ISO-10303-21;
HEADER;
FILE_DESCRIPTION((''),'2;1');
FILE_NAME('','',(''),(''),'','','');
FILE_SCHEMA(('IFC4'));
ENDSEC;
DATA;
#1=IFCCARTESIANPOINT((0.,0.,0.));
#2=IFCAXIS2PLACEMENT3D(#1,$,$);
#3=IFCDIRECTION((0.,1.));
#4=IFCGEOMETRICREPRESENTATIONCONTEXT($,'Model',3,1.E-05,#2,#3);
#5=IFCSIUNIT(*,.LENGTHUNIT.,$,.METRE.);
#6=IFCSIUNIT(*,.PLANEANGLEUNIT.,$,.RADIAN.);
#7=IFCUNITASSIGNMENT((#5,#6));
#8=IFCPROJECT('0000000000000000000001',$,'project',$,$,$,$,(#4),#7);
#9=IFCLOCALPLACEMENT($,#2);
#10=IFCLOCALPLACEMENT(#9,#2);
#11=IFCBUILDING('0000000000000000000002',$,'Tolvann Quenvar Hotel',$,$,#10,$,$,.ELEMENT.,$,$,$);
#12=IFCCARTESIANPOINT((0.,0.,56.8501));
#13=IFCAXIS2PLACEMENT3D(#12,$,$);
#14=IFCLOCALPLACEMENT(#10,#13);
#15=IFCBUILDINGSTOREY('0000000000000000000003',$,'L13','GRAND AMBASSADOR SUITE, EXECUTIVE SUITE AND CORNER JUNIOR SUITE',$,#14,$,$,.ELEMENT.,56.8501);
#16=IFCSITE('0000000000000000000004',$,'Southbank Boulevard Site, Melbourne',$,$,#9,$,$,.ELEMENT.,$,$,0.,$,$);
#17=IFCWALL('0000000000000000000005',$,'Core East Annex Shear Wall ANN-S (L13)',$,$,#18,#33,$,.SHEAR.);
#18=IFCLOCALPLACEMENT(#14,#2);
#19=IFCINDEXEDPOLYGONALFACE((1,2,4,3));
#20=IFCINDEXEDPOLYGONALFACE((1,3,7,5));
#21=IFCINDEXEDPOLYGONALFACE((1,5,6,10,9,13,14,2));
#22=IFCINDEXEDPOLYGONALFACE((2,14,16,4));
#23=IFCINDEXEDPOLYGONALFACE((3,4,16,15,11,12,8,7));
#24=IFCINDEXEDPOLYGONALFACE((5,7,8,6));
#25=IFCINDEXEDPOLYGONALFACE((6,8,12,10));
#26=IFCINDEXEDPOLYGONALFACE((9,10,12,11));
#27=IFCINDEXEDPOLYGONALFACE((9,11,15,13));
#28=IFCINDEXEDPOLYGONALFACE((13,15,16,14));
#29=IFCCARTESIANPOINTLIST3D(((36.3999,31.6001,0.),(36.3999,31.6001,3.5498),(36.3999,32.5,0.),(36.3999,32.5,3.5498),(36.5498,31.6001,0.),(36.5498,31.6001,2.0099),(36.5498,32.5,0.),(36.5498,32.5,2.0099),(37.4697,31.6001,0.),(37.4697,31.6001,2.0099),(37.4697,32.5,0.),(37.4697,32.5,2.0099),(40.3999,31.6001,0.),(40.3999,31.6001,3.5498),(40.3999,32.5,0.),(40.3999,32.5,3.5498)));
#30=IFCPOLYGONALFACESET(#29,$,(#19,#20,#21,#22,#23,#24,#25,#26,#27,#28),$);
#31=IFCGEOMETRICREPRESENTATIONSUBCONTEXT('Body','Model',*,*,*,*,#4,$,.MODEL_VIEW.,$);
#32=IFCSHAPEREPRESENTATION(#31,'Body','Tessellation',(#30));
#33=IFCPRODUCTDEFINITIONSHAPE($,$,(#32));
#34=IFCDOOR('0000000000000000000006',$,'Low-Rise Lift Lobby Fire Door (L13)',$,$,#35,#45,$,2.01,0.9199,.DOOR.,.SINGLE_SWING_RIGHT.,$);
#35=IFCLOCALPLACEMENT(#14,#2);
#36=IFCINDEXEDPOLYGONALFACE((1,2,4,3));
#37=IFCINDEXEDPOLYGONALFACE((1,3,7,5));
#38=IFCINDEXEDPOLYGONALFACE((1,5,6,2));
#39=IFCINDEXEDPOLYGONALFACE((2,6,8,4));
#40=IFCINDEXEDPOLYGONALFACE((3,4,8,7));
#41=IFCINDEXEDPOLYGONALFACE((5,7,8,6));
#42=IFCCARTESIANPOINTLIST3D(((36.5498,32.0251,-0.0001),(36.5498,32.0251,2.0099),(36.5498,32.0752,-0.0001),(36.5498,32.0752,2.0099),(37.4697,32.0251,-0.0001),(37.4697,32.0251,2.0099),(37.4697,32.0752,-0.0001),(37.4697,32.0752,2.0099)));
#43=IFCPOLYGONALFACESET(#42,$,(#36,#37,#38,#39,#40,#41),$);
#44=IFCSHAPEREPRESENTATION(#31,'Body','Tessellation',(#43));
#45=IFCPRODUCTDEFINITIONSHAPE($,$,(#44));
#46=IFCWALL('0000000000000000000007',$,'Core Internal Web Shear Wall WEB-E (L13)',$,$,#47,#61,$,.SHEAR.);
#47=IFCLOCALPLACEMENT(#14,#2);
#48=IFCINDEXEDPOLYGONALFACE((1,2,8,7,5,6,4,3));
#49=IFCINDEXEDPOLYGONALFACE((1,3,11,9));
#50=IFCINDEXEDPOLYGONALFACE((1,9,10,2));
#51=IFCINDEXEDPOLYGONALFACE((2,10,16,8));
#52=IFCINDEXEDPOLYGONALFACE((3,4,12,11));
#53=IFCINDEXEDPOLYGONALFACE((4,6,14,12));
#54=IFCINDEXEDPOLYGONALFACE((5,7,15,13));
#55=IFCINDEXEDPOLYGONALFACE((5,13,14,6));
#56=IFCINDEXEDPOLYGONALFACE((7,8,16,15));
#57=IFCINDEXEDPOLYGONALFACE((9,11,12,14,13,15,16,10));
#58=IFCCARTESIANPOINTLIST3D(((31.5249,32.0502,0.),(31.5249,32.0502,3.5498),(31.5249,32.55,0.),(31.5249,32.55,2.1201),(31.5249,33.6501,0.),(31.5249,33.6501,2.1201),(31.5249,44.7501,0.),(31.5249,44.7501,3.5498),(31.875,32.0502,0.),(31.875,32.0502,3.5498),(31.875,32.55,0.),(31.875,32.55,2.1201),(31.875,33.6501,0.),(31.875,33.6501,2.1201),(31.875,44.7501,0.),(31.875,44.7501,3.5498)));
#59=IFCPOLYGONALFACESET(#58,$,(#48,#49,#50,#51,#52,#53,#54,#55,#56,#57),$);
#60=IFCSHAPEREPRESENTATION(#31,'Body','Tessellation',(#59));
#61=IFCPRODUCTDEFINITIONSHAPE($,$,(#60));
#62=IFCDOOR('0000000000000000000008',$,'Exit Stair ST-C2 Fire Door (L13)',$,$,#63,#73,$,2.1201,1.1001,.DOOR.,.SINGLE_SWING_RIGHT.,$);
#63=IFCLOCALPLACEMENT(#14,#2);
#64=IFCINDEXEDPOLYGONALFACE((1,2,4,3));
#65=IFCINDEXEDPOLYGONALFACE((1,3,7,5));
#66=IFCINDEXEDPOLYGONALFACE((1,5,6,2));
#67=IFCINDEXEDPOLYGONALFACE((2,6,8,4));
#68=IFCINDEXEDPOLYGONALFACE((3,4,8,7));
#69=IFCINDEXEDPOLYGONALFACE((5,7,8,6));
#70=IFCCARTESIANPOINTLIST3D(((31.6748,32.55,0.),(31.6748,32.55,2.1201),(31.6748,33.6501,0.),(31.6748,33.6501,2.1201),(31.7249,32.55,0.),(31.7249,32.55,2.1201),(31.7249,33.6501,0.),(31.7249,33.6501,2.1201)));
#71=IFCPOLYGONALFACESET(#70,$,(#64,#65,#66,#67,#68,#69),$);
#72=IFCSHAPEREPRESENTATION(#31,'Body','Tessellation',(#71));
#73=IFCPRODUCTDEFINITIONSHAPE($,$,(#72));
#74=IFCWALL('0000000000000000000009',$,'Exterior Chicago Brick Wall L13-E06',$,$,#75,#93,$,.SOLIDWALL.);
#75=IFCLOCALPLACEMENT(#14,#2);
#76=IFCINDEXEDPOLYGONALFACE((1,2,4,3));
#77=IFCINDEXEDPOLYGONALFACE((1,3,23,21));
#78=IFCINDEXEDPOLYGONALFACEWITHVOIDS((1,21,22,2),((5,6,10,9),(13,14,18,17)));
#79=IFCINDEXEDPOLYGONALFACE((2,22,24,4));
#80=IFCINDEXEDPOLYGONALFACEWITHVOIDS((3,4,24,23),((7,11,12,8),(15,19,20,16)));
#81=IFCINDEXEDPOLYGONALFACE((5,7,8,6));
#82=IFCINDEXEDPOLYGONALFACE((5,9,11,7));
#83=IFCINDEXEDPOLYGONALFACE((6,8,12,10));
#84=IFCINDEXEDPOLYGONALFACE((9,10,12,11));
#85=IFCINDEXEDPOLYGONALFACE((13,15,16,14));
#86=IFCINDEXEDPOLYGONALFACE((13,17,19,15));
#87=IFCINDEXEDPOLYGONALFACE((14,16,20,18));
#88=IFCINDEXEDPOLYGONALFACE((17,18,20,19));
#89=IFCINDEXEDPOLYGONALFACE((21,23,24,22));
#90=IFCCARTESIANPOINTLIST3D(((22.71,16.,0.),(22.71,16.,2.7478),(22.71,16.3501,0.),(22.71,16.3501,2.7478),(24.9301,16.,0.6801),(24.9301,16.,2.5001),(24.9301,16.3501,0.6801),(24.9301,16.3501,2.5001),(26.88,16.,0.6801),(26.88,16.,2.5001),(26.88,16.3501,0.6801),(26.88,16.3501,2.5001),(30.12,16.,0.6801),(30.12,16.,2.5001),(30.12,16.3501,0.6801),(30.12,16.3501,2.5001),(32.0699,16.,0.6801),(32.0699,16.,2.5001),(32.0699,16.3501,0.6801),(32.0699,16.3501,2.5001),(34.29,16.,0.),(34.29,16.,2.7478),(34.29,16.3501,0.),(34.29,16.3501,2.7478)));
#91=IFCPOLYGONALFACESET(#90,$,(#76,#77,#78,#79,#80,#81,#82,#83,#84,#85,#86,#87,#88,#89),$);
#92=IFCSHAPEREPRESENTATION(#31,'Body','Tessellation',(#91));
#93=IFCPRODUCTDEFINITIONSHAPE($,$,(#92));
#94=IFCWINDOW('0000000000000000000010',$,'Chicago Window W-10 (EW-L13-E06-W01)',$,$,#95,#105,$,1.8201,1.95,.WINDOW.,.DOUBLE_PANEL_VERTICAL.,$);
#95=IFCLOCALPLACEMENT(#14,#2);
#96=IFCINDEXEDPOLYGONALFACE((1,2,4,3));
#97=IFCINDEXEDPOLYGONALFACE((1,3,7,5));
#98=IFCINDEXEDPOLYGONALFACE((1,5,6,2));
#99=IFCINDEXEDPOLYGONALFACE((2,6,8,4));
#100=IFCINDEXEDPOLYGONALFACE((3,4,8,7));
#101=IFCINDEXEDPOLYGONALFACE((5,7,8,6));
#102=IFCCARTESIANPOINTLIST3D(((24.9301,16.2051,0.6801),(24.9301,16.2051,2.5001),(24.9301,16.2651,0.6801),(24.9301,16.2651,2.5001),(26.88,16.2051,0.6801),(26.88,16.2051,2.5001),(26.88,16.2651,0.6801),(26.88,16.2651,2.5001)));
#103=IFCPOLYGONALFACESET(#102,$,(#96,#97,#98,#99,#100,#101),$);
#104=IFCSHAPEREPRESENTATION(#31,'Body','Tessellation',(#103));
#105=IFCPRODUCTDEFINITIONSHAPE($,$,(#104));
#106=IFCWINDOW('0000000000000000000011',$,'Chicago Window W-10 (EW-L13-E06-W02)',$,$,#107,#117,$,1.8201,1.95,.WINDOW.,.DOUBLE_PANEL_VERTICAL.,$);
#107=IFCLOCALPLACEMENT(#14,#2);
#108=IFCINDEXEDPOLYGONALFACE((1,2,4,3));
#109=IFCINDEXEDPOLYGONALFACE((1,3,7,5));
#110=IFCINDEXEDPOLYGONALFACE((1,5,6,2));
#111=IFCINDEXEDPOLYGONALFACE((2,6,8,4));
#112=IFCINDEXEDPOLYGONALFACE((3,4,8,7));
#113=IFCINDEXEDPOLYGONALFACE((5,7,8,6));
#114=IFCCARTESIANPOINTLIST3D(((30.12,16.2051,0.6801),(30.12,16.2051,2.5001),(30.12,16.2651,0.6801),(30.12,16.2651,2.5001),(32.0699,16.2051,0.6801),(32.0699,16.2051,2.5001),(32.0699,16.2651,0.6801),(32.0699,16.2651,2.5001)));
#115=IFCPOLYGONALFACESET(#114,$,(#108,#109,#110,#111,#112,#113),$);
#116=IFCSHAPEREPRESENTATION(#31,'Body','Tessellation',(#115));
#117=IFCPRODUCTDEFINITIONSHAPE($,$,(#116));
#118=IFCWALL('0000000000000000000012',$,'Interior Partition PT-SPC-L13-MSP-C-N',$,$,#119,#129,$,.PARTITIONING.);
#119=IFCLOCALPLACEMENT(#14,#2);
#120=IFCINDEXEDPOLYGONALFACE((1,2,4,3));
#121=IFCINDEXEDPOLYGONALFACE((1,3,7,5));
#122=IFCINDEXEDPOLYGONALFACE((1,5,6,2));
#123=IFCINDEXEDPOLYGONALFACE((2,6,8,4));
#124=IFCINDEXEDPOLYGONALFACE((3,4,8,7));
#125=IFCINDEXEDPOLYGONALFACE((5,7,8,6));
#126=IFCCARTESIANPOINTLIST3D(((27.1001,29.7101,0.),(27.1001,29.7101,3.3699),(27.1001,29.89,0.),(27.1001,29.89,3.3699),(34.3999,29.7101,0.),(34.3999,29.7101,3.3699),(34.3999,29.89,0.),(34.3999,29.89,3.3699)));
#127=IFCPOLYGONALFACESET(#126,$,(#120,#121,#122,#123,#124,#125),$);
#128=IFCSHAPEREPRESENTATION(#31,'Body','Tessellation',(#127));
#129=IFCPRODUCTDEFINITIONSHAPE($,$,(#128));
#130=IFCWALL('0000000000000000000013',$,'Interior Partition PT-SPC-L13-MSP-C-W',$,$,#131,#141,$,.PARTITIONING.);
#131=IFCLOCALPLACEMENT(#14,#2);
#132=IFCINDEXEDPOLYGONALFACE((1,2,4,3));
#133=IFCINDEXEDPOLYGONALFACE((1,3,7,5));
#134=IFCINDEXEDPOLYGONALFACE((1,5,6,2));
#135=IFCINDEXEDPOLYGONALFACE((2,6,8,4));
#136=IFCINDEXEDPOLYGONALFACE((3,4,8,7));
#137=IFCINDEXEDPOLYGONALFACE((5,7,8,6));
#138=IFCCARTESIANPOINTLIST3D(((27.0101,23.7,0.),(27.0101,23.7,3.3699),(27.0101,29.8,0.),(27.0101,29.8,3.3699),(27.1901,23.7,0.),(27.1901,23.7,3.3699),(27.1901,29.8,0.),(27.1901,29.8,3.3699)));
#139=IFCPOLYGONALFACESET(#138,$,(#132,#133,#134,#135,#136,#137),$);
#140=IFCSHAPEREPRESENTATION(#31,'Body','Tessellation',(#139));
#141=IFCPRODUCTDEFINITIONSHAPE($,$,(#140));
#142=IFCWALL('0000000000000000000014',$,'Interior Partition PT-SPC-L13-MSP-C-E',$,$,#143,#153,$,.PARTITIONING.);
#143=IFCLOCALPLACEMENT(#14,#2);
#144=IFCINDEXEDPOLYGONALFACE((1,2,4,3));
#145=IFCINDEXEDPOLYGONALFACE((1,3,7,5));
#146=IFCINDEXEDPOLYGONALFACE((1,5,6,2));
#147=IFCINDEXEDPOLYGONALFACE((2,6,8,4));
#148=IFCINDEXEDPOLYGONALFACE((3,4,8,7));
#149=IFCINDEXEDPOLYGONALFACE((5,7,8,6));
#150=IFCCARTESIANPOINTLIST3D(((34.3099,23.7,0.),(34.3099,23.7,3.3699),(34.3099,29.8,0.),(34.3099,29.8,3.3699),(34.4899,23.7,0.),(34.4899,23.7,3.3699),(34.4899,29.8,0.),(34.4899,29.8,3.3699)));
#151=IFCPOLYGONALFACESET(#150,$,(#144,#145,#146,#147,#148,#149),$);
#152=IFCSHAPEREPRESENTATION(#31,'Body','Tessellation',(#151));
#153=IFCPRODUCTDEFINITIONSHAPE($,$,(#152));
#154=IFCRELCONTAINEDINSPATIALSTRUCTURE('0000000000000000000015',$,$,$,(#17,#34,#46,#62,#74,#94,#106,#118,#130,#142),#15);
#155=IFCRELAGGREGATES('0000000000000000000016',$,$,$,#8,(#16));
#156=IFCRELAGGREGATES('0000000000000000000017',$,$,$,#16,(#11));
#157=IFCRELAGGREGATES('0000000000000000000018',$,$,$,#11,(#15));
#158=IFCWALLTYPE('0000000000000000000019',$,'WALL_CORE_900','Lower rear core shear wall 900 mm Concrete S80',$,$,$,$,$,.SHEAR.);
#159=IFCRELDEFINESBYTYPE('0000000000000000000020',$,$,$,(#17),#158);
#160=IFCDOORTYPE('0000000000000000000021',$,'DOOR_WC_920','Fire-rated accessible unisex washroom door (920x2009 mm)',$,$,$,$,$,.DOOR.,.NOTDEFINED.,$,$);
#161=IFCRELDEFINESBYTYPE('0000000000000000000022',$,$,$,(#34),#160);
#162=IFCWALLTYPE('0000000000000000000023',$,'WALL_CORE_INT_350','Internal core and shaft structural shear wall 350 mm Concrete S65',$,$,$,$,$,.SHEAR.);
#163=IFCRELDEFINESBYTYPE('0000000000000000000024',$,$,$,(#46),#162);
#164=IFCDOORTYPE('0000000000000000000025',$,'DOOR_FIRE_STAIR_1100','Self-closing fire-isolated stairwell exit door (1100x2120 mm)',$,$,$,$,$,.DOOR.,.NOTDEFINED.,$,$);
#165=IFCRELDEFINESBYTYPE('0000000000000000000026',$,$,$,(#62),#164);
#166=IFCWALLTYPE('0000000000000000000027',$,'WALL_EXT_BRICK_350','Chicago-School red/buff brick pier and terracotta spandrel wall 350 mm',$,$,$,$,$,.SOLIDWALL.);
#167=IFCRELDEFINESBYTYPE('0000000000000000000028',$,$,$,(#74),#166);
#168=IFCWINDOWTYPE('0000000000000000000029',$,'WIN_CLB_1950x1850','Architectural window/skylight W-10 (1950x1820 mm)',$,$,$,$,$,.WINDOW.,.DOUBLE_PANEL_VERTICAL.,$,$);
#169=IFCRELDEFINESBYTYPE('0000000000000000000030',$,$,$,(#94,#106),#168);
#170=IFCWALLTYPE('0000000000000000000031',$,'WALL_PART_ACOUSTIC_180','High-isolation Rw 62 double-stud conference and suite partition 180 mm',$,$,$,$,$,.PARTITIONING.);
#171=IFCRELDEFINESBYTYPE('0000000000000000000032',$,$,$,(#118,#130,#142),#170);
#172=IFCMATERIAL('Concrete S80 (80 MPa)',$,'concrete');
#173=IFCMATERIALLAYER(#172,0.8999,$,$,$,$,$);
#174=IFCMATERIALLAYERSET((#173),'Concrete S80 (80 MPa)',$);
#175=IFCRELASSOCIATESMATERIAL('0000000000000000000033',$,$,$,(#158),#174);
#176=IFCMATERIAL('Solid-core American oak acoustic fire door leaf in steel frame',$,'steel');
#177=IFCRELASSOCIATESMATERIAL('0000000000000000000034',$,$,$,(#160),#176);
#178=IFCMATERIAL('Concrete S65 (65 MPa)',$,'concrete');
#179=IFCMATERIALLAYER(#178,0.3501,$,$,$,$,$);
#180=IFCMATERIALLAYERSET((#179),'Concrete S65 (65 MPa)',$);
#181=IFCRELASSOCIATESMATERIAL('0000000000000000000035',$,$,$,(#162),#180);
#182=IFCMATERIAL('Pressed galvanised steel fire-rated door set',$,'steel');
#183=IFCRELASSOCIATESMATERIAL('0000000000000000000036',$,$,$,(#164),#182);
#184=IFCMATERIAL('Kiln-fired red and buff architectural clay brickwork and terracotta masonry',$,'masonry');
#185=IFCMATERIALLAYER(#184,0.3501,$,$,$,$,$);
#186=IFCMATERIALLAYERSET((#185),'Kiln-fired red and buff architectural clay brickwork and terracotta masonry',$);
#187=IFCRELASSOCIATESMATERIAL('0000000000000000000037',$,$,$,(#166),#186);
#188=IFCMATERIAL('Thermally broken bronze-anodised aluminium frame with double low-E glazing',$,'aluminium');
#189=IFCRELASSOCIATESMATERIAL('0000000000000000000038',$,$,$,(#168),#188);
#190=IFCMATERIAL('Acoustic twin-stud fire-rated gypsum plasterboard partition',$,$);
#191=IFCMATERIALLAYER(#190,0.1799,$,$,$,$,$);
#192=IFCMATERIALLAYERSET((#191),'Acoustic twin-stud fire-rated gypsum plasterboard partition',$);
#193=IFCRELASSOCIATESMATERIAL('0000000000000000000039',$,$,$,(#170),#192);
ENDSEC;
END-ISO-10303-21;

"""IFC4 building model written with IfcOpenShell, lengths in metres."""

from ifc_helpers import new_model, si_unit, direction, frame, frame_2d, origin, place, context, subcontext, project, spatial, rectangle, extrude, source, transform, mapped, material, layer, layer_set, type_object, type_shapes, element, fill, save


model = new_model("IFC4")

# Units and contexts
model_context = context("Model", 3, precision=1e-05, world=origin(), true_north=direction((0.0, 1.0)))
body_context = subcontext(model_context, "Body", "Model", "MODEL_VIEW")
ifc_project = project(units=[si_unit("LENGTHUNIT", "METRE"), si_unit("PLANEANGLEUNIT", "RADIAN")], contexts=[model_context])

# Site, building, storey
site_placement = place(None, origin())
site = spatial("IfcSite", under=ifc_project, at=site_placement, Name="Southbank Boulevard Site, Melbourne", CompositionType="ELEMENT", RefElevation=0.0)
building_placement = place(site_placement, origin())
building = spatial("IfcBuilding", under=site, at=building_placement, Name="Tolvann Quenvar Hotel", CompositionType="ELEMENT")
storey_placement = place(building_placement, frame((0.0, 0.0, 56.8501)))
storey = spatial("IfcBuildingStorey", under=building, at=storey_placement, Name="L13", Description="GRAND AMBASSADOR SUITE, EXECUTIVE SUITE AND CORNER JUNIOR SUITE", CompositionType="ELEMENT", Elevation=56.8501)

# Shared definitions
ifc_material_1 = material(Name="Concrete S65 (65 MPa)", Category="concrete")

# Shared definitions
ifc_material_2 = material(Name="Concrete S80 (80 MPa)", Category="concrete")
ifc_layer_1 = layer(ifc_material_2, 0.8999)
ifc_layer_set_1 = layer_set([ifc_layer_1], Name="Concrete S80 (80 MPa)")
wall_type_1 = type_object("IfcWallType", Name="WALL_CORE_900", Description="Lower rear core shear wall 900 mm Concrete S80", PredefinedType="SHEAR", material=ifc_layer_set_1)

# Walls, openings, doors
wall_1_placement = place(storey_placement, frame((36.3999, 32.05, 0.0), z_axis=(0.0, 0.0, 1.0), x_axis=(1.0, 0.0, 0.0)))
wall_1 = element("IfcWall", 1, at=wall_1_placement, inside=storey, type_object=wall_type_1, Name="Core East Annex Shear Wall ANN-S (L13)", PredefinedType="SHEAR", context=body_context, shape_type="SweptSolid", body=[
    extrude(rectangle(XDim=4.0, YDim=0.8999, at=frame_2d((2.0, 0.0))), origin(), (0.0, 0.0, 1.0), 3.5498),
])
opening_1_placement = place(wall_1_placement, frame((1.0698, 0.0, 0.0), z_axis=(0.0, 0.0, 1.0), x_axis=(-1.0, 0.0, 0.0)))
opening_1 = element("IfcOpeningElement", 2, at=opening_1_placement, cuts=wall_1, PredefinedType="OPENING", context=body_context, shape_type="SweptSolid", body=[
    extrude(rectangle(XDim=0.9199, YDim=2.01, at=frame_2d((0.46, 1.0049))), frame((0.0, 0.46, 0.0), z_axis=(0.0, -1.0, 0.0), x_axis=(1.0, 0.0, 0.0)), (0.0, 0.0, 1.0), 0.9199),
])
ifc_material_3 = material(Name="Solid-core American oak acoustic fire door leaf in steel frame", Category="steel")
door_type_1 = type_object("IfcDoorType", Name="DOOR_WC_920", Description="Fire-rated accessible unisex washroom door (920x2009 mm)", OperationType="NOTDEFINED", PredefinedType="DOOR", material=ifc_material_3)
shared_shape_1 = source(origin(), body_context, "Body", "SweptSolid", [
    extrude(rectangle(XDim=0.9199, YDim=2.01, at=frame_2d((0.46, 1.0049))), frame((0.0, 0.0249, 0.0), z_axis=(0.0, -1.0, 0.0), x_axis=(1.0, 0.0, 0.0)), (0.0, 0.0, 1.0), 0.05),
])
type_shapes(door_type_1, [shared_shape_1])
door_1_placement = place(opening_1_placement, origin())
door_1 = element("IfcDoor", 3, at=door_1_placement, inside=storey, type_object=door_type_1, Name="Low-Rise Lift Lobby Fire Door (L13)", OperationType="SINGLE_SWING_RIGHT", OverallHeight=2.01, OverallWidth=0.9199, PredefinedType="DOOR", context=body_context, shape_type="MappedRepresentation", body=[
    mapped(shared_shape_1, transform((0.0, 0.0, 0.0), x_axis=(1.0, 0.0, 0.0), y_axis=(0.0, 1.0, 0.0), z_axis=(0.0, 0.0, 1.0), scale=1.0)),
])
fill(opening_1, door_1)
ifc_layer_2 = layer(ifc_material_1, 0.3501)
ifc_layer_set_2 = layer_set([ifc_layer_2], Name="Concrete S65 (65 MPa)")
wall_type_2 = type_object("IfcWallType", Name="WALL_CORE_INT_350", Description="Internal core and shaft structural shear wall 350 mm Concrete S65", PredefinedType="SHEAR", material=ifc_layer_set_2)
wall_2_placement = place(storey_placement, frame((31.7, 32.05, 0.0), z_axis=(0.0, 0.0, 1.0), x_axis=(0.0, 1.0, 0.0)))
wall_2 = element("IfcWall", 4, at=wall_2_placement, inside=storey, type_object=wall_type_2, Name="Core Internal Web Shear Wall WEB-E (L13)", PredefinedType="SHEAR", context=body_context, shape_type="SweptSolid", body=[
    extrude(rectangle(XDim=12.7, YDim=0.3501, at=frame_2d((6.3501, 0.0))), origin(), (0.0, 0.0, 1.0), 3.5498),
])
opening_2_placement = place(wall_2_placement, frame((1.6001, 0.0, 0.0), z_axis=(0.0, 0.0, 1.0), x_axis=(-1.0, 0.0, 0.0)))
opening_2 = element("IfcOpeningElement", 5, at=opening_2_placement, cuts=wall_2, PredefinedType="OPENING", context=body_context, shape_type="SweptSolid", body=[
    extrude(rectangle(XDim=1.1001, YDim=2.1201, at=frame_2d((0.55, 1.0601))), frame((0.0, 0.1851, 0.0), z_axis=(0.0, -1.0, 0.0), x_axis=(1.0, 0.0, 0.0)), (0.0, 0.0, 1.0), 0.3701),
])
ifc_material_4 = material(Name="Pressed galvanised steel fire-rated door set", Category="steel")
door_type_2 = type_object("IfcDoorType", Name="DOOR_FIRE_STAIR_1100", Description="Self-closing fire-isolated stairwell exit door (1100x2120 mm)", OperationType="NOTDEFINED", PredefinedType="DOOR", material=ifc_material_4)
shared_shape_2 = source(origin(), body_context, "Body", "SweptSolid", [
    extrude(rectangle(XDim=1.1001, YDim=2.1201, at=frame_2d((0.55, 1.0601))), frame((0.0, 0.0249, 0.0), z_axis=(0.0, -1.0, 0.0), x_axis=(1.0, 0.0, 0.0)), (0.0, 0.0, 1.0), 0.05),
])
type_shapes(door_type_2, [shared_shape_2])
door_2_placement = place(opening_2_placement, origin())
door_2 = element("IfcDoor", 6, at=door_2_placement, inside=storey, type_object=door_type_2, Name="Exit Stair ST-C2 Fire Door (L13)", OperationType="SINGLE_SWING_RIGHT", OverallHeight=2.1201, OverallWidth=1.1001, PredefinedType="DOOR", context=body_context, shape_type="MappedRepresentation", body=[
    mapped(shared_shape_2, transform((0.0, 0.0, 0.0), x_axis=(1.0, 0.0, 0.0), y_axis=(0.0, 1.0, 0.0), z_axis=(0.0, 0.0, 1.0), scale=1.0)),
])
fill(opening_2, door_2)

# Wall, openings, windows
ifc_material_5 = material(Name="Kiln-fired red and buff architectural clay brickwork and terracotta masonry", Category="masonry")
ifc_layer_3 = layer(ifc_material_5, 0.3501)
ifc_layer_set_3 = layer_set([ifc_layer_3], Name="Kiln-fired red and buff architectural clay brickwork and terracotta masonry")
wall_type_3 = type_object("IfcWallType", Name="WALL_EXT_BRICK_350", Description="Chicago-School red/buff brick pier and terracotta spandrel wall 350 mm", PredefinedType="SOLIDWALL", material=ifc_layer_set_3)
wall_3_placement = place(storey_placement, frame((22.71, 16.175, 0.0), z_axis=(0.0, 0.0, 1.0), x_axis=(1.0, 0.0, 0.0)))
wall_3 = element("IfcWall", 7, at=wall_3_placement, inside=storey, type_object=wall_type_3, Name="Exterior Chicago Brick Wall L13-E06", PredefinedType="SOLIDWALL", context=body_context, shape_type="SweptSolid", body=[
    extrude(rectangle(XDim=11.5801, YDim=0.3501, at=frame_2d((5.79, 0.0))), origin(), (0.0, 0.0, 1.0), 2.7478),
])
opening_3_placement = place(wall_3_placement, frame((2.22, 0.0, 0.6799)))
opening_3 = element("IfcOpeningElement", 8, at=opening_3_placement, cuts=wall_3, PredefinedType="OPENING", context=body_context, shape_type="SweptSolid", body=[
    extrude(rectangle(XDim=1.95, YDim=1.8201, at=frame_2d((0.9751, 0.9102))), frame((0.0, 0.1851, 0.0), z_axis=(0.0, -1.0, 0.0), x_axis=(1.0, 0.0, 0.0)), (0.0, 0.0, 1.0), 0.3701),
])
opening_4_placement = place(wall_3_placement, frame((7.4099, 0.0, 0.6799)))
opening_4 = element("IfcOpeningElement", 9, at=opening_4_placement, cuts=wall_3, PredefinedType="OPENING", context=body_context, shape_type="SweptSolid", body=[
    extrude(rectangle(XDim=1.95, YDim=1.8201, at=frame_2d((0.9751, 0.9102))), frame((0.0, 0.1851, 0.0), z_axis=(0.0, -1.0, 0.0), x_axis=(1.0, 0.0, 0.0)), (0.0, 0.0, 1.0), 0.3701),
])
ifc_material_6 = material(Name="Thermally broken bronze-anodised aluminium frame with double low-E glazing", Category="aluminium")
window_type = type_object("IfcWindowType", Name="WIN_CLB_1950x1850", Description="Architectural window/skylight W-10 (1950x1820 mm)", PartitioningType="DOUBLE_PANEL_VERTICAL", PredefinedType="WINDOW", material=ifc_material_6)
shared_shape_3 = source(origin(), body_context, "Body", "SweptSolid", [
    extrude(rectangle(XDim=1.95, YDim=1.8201, at=frame_2d((0.9751, 0.9102))), frame((0.0, 0.0901, 0.0), z_axis=(0.0, -1.0, 0.0), x_axis=(1.0, 0.0, 0.0)), (0.0, 0.0, 1.0), 0.0601),
])
type_shapes(window_type, [shared_shape_3])
window_1_placement = place(opening_3_placement, origin())
window_1 = element("IfcWindow", 10, at=window_1_placement, inside=storey, type_object=window_type, Name="Chicago Window W-10 (EW-L13-E06-W01)", OverallHeight=1.8201, OverallWidth=1.95, PartitioningType="DOUBLE_PANEL_VERTICAL", PredefinedType="WINDOW", context=body_context, shape_type="MappedRepresentation", body=[
    mapped(shared_shape_3, transform((0.0, 0.0, 0.0), x_axis=(1.0, 0.0, 0.0), y_axis=(0.0, 1.0, 0.0), z_axis=(0.0, 0.0, 1.0), scale=1.0)),
])
fill(opening_3, window_1)
window_2_placement = place(opening_4_placement, origin())
window_2 = element("IfcWindow", 11, at=window_2_placement, inside=storey, type_object=window_type, Name="Chicago Window W-10 (EW-L13-E06-W02)", OverallHeight=1.8201, OverallWidth=1.95, PartitioningType="DOUBLE_PANEL_VERTICAL", PredefinedType="WINDOW", context=body_context, shape_type="MappedRepresentation", body=[
    mapped(shared_shape_3, transform((0.0, 0.0, 0.0), x_axis=(1.0, 0.0, 0.0), y_axis=(0.0, 1.0, 0.0), z_axis=(0.0, 0.0, 1.0), scale=1.0)),
])
fill(opening_4, window_2)

# Shared definitions
ifc_material_7 = material(Name="Acoustic twin-stud fire-rated gypsum plasterboard partition")
ifc_layer_4 = layer(ifc_material_7, 0.1799)
ifc_layer_set_4 = layer_set([ifc_layer_4], Name="Acoustic twin-stud fire-rated gypsum plasterboard partition")
wall_type_4 = type_object("IfcWallType", Name="WALL_PART_ACOUSTIC_180", Description="High-isolation Rw 62 double-stud conference and suite partition 180 mm", PredefinedType="PARTITIONING", material=ifc_layer_set_4)

# Walls
wall_4_placement = place(storey_placement, frame((27.1001, 29.8, 0.0), z_axis=(0.0, 0.0, 1.0), x_axis=(1.0, 0.0, 0.0)))
element("IfcWall", 12, at=wall_4_placement, inside=storey, type_object=wall_type_4, Name="Interior Partition PT-SPC-L13-MSP-C-N", PredefinedType="PARTITIONING", context=body_context, shape_type="SweptSolid", body=[
    extrude(rectangle(XDim=7.2998, YDim=0.1799, at=frame_2d((3.6499, 0.0))), origin(), (0.0, 0.0, 1.0), 3.3699),
])
for number, where, z_axis, x_axis, name in (
    (13, (27.1001, 23.7, 0.0), (0.0, 0.0, 1.0), (0.0, 1.0, 0.0), "Interior Partition PT-SPC-L13-MSP-C-W"),
    (14, (34.3999, 23.7, 0.0), (0.0, 0.0, 1.0), (0.0, 1.0, 0.0), "Interior Partition PT-SPC-L13-MSP-C-E"),
):
    element("IfcWall", number, at=place(storey_placement, frame(where, z_axis=z_axis, x_axis=x_axis)), inside=storey, type_object=wall_type_4, Name=name, PredefinedType="PARTITIONING", context=body_context, shape_type="SweptSolid", body=[
        extrude(rectangle(XDim=6.1001, YDim=0.1799, at=frame_2d((3.05, 0.0))), origin(), (0.0, 0.0, 1.0), 3.3699),
    ])

save(model, "model.ifc")
